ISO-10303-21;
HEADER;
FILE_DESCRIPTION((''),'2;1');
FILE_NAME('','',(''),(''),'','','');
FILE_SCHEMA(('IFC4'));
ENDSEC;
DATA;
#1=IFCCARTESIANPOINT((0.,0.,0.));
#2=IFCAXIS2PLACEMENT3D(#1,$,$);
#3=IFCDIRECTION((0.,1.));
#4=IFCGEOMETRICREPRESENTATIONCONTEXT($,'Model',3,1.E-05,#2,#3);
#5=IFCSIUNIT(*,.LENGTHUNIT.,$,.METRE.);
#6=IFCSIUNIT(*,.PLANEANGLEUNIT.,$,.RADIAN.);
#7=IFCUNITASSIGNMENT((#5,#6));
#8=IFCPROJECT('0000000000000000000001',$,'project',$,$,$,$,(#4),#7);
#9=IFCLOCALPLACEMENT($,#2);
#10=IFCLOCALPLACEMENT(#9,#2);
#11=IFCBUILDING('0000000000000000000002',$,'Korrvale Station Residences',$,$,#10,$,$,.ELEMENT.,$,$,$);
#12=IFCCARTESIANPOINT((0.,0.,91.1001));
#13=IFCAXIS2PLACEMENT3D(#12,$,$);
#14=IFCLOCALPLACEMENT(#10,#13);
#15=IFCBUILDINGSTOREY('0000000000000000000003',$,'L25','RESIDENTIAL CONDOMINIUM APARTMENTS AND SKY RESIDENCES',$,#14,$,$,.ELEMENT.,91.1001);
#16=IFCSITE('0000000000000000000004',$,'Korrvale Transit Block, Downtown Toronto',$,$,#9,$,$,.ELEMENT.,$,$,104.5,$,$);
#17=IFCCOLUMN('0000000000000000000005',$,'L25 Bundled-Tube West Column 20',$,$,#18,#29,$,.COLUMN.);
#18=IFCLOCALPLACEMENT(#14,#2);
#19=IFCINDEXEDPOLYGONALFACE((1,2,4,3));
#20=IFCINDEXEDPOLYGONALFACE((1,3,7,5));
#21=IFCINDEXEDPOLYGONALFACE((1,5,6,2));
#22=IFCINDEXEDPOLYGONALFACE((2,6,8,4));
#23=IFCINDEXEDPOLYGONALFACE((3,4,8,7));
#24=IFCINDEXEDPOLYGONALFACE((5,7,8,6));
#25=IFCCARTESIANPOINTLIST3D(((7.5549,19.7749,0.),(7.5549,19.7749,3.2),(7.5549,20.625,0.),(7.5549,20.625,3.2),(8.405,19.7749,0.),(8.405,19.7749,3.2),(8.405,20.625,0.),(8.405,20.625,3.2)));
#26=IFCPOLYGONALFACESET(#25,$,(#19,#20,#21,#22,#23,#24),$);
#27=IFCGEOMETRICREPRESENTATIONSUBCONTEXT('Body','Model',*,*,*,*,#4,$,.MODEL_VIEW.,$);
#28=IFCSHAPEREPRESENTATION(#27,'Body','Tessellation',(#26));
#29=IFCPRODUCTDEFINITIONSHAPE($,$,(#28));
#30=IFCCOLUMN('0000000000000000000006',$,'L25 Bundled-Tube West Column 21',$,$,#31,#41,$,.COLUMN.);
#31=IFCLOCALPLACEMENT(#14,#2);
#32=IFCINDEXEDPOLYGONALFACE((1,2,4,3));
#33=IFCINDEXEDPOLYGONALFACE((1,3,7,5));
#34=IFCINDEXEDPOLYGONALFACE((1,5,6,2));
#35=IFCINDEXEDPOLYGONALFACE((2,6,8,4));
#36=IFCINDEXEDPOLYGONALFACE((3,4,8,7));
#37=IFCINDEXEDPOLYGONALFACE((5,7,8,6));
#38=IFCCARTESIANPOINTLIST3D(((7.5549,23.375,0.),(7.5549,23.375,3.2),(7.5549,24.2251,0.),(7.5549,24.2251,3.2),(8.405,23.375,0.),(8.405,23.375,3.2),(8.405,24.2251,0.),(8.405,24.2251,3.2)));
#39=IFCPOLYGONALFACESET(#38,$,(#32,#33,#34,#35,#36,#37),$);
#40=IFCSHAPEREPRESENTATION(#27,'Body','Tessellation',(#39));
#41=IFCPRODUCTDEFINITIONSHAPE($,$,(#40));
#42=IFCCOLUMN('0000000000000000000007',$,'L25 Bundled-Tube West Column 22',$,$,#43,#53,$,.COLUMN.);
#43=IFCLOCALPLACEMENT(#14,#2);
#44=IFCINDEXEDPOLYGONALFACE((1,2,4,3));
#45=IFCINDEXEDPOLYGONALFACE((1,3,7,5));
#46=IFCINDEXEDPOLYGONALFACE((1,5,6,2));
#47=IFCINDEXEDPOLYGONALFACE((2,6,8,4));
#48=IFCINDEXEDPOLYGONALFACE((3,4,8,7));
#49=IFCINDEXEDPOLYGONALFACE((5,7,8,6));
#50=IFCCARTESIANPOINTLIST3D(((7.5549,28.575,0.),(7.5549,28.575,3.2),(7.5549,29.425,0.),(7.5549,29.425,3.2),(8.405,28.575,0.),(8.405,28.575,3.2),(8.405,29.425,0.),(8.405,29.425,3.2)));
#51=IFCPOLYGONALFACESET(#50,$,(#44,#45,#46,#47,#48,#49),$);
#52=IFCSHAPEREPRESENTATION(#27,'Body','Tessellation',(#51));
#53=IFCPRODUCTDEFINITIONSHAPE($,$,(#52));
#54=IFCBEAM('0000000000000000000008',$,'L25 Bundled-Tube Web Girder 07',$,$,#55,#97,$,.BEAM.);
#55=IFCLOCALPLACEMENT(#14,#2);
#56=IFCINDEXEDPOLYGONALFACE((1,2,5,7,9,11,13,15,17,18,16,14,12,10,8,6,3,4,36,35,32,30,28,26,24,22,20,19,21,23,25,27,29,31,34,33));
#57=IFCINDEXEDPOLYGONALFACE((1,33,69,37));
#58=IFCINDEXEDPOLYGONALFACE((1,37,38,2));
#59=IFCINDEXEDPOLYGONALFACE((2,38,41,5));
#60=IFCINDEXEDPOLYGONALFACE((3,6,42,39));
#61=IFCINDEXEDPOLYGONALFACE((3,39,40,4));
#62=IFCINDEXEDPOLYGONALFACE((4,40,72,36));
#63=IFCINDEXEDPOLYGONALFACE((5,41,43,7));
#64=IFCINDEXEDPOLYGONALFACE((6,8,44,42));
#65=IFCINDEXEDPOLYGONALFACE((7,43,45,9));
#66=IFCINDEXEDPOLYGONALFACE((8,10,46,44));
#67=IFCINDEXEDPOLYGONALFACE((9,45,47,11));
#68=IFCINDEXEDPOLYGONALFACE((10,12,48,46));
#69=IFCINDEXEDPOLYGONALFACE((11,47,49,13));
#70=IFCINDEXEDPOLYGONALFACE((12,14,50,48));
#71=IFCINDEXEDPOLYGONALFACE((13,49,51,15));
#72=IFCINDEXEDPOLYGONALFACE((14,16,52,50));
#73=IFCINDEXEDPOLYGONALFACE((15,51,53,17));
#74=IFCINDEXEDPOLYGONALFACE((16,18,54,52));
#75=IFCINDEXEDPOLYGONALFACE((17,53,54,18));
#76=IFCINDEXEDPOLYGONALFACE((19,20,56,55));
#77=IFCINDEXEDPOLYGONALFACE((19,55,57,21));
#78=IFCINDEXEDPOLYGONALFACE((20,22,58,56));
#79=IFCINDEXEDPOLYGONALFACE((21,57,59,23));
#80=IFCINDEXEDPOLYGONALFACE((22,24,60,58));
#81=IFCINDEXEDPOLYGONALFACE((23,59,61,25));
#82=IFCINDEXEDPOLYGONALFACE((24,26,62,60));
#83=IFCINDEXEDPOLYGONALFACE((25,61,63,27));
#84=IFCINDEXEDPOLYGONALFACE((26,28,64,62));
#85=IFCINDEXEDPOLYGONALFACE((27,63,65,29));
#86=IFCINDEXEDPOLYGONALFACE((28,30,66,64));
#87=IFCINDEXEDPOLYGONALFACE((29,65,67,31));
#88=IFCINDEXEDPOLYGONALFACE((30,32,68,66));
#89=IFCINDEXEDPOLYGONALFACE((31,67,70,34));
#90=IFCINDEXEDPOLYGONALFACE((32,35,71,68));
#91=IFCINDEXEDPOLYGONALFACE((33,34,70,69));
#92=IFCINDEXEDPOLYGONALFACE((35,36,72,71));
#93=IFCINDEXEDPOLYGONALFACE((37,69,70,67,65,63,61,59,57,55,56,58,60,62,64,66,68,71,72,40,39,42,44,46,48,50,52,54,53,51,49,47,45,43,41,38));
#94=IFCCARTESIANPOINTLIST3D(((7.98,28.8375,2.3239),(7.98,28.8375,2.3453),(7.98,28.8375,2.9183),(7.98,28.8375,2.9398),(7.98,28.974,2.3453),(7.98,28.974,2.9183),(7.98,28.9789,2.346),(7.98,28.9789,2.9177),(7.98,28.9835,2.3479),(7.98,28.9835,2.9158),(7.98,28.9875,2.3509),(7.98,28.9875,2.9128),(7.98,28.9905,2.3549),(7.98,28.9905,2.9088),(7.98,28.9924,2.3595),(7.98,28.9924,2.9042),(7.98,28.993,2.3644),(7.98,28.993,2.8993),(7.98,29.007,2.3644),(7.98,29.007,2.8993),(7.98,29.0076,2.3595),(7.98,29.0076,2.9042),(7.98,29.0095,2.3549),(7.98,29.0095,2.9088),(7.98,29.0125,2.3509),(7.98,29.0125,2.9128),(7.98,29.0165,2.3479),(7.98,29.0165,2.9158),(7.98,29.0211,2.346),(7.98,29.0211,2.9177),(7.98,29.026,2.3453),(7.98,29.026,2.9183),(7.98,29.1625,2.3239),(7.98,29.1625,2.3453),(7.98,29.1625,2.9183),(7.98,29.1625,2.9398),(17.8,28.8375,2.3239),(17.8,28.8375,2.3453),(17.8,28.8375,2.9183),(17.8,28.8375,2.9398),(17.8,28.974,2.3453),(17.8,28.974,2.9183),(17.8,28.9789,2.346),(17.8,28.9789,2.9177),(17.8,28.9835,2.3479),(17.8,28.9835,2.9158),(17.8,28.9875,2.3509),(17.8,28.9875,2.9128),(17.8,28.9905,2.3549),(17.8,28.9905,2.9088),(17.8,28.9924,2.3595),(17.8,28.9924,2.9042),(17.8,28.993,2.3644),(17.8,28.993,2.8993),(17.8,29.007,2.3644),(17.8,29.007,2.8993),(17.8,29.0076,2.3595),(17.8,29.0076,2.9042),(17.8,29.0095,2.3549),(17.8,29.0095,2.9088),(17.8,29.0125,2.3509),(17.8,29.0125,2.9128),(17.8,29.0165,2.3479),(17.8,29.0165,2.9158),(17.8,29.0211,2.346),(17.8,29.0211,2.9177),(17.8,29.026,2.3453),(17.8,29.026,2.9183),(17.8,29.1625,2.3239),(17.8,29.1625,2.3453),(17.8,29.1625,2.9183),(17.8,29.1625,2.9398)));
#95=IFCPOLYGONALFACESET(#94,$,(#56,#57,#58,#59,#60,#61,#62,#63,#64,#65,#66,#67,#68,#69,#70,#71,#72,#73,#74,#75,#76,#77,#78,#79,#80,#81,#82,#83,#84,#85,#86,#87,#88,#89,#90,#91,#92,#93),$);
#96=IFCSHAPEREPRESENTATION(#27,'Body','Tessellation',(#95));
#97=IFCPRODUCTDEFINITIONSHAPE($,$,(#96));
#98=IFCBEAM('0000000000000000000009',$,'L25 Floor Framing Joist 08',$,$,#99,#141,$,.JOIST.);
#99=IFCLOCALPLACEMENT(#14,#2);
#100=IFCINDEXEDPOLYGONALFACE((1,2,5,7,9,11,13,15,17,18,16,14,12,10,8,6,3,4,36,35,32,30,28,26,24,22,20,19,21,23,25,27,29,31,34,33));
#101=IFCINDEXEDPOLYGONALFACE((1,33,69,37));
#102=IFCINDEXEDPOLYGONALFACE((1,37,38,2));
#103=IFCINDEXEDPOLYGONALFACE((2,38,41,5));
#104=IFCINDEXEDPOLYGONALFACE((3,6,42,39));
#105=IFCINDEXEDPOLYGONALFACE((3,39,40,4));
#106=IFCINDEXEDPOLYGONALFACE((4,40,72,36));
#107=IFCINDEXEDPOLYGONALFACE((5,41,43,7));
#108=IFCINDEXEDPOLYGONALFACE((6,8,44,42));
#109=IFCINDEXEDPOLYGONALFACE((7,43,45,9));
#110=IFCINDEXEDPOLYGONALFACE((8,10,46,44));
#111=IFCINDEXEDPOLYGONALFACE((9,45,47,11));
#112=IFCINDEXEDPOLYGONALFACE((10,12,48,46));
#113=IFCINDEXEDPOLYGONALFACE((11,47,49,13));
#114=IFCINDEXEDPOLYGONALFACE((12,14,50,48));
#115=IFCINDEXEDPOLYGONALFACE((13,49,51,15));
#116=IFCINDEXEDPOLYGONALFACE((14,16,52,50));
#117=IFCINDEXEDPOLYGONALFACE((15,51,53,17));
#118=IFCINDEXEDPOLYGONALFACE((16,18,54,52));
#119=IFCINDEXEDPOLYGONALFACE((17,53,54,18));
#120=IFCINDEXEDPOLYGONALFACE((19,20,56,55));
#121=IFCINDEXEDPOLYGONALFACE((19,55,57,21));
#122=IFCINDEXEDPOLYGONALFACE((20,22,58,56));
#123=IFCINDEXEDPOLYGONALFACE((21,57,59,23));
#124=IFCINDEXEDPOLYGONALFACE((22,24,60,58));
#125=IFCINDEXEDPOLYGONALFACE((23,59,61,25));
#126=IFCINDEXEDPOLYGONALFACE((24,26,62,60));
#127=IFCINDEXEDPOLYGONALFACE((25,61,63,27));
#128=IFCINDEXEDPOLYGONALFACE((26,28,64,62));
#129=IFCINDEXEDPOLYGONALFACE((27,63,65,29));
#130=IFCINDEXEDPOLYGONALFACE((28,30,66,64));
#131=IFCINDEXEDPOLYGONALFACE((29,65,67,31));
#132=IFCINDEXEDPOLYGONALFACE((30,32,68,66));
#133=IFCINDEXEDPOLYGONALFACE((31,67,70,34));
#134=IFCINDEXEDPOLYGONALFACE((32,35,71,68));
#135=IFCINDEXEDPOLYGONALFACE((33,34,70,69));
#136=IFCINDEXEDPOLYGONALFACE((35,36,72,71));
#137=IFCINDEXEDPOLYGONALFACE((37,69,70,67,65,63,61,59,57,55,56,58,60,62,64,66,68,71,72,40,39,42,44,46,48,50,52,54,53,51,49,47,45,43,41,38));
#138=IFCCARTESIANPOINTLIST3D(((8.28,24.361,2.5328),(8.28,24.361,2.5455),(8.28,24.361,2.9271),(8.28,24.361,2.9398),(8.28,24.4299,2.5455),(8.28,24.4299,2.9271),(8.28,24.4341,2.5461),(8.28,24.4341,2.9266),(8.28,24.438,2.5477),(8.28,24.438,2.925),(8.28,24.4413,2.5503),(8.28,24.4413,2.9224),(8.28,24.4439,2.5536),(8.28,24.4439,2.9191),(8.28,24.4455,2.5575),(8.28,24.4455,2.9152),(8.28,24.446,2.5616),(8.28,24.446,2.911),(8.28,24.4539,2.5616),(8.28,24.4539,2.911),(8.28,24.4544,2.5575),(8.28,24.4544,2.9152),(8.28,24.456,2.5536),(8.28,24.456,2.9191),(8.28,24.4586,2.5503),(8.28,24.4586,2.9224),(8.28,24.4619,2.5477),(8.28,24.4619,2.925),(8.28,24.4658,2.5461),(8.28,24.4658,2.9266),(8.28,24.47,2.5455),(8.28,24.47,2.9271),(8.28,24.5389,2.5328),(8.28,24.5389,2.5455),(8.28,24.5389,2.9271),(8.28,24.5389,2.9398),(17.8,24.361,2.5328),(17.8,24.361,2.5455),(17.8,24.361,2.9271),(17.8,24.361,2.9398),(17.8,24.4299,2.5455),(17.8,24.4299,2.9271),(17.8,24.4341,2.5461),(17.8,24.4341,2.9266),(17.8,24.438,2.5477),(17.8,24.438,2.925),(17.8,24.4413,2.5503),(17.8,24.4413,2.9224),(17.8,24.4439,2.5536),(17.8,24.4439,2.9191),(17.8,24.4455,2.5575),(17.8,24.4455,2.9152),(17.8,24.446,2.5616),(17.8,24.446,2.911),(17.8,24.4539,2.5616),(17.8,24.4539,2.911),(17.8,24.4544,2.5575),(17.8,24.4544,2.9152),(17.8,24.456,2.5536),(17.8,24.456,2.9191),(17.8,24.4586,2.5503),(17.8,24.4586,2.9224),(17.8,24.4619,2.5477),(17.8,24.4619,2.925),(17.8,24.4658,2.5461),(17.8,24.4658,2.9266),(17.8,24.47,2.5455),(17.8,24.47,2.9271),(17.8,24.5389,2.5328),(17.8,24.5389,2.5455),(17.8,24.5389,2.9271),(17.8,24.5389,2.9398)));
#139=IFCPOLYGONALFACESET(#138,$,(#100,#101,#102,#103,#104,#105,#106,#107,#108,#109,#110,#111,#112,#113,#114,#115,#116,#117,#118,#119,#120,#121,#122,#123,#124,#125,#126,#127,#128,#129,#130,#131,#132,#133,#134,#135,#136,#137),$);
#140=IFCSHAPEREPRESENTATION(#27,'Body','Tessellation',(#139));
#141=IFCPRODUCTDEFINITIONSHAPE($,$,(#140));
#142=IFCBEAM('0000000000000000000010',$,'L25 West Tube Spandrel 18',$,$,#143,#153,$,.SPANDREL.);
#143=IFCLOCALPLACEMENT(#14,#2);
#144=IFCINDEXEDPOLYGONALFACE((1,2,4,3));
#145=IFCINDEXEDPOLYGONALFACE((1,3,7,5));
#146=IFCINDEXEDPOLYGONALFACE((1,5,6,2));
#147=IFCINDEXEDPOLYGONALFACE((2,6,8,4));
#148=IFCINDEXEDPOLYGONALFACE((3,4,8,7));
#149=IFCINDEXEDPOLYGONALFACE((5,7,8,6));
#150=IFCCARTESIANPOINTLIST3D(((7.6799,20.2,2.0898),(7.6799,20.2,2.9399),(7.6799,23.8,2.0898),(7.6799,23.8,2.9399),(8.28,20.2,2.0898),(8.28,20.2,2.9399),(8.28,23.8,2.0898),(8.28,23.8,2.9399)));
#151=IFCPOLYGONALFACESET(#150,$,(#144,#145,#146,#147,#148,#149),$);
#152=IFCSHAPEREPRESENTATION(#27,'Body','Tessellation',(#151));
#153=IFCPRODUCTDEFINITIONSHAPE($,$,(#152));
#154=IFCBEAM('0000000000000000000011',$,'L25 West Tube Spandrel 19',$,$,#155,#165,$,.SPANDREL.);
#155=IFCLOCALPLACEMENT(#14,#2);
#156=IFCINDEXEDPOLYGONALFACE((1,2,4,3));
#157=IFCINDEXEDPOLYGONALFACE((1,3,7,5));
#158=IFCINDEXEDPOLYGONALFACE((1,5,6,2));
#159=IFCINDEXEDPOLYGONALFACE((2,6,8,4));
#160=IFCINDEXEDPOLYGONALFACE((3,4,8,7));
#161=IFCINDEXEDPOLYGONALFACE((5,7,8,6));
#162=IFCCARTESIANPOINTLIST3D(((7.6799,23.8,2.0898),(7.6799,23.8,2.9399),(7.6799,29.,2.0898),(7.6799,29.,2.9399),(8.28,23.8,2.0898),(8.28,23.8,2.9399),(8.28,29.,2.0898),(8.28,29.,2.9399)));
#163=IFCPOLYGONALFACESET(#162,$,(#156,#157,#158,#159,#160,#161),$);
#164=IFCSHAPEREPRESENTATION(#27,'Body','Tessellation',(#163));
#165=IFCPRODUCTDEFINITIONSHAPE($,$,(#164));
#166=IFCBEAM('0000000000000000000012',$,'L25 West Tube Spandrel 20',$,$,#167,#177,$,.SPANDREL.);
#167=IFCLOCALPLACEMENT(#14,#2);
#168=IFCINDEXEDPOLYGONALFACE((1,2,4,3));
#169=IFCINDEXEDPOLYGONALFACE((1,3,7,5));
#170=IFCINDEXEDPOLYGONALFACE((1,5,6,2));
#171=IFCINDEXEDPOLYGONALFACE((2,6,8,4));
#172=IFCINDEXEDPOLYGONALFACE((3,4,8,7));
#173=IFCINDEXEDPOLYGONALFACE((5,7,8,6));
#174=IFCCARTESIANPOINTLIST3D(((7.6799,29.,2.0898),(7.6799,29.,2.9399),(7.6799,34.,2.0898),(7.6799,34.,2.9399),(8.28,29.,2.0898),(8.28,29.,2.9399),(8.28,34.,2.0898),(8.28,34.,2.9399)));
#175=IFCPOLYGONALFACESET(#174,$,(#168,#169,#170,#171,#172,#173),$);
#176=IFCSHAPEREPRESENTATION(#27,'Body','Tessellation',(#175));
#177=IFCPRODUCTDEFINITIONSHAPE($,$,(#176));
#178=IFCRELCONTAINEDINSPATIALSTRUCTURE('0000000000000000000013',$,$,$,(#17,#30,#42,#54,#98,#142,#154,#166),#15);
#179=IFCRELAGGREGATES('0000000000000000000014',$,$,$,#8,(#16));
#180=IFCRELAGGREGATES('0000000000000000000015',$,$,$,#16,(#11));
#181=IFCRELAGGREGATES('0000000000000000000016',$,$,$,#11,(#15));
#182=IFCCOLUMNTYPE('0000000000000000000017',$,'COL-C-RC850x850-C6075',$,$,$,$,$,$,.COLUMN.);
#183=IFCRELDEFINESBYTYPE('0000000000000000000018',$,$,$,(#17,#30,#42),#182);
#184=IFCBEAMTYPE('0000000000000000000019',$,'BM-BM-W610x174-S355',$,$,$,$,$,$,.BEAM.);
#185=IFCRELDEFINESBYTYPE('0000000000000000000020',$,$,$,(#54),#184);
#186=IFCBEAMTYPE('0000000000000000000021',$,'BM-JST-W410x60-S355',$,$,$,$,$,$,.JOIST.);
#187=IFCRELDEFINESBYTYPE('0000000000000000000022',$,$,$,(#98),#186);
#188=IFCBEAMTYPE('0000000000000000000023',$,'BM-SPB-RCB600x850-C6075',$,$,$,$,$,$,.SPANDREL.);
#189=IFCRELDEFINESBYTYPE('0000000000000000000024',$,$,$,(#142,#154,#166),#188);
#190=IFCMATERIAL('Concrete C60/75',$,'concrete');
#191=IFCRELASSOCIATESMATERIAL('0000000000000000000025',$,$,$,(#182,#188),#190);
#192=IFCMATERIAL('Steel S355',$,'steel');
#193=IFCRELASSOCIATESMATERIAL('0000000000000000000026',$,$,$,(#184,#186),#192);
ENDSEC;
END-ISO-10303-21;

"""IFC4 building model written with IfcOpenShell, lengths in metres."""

from ifc_helpers import new_model, si_unit, direction, frame, origin, origin_2d, place, context, subcontext, project, spatial, rectangle, i_section, extrude, material, material_profile, profile_set, type_object, element, save


model = new_model("IFC4")

# Units and contexts
model_context = context("Model", 3, precision=1e-05, world=origin(), true_north=direction((0.0, 1.0)))
body_context = subcontext(model_context, "Body", "Model", "MODEL_VIEW")
ifc_project = project(units=[si_unit("LENGTHUNIT", "METRE"), si_unit("PLANEANGLEUNIT", "RADIAN")], contexts=[model_context])

# Site, building, storey
site_placement = place(None, origin())
site = spatial("IfcSite", under=ifc_project, at=site_placement, Name="Korrvale Transit Block, Downtown Toronto", CompositionType="ELEMENT", RefElevation=104.5)
building_placement = place(site_placement, origin())
building = spatial("IfcBuilding", under=site, at=building_placement, Name="Korrvale Station Residences", CompositionType="ELEMENT")
storey_placement = place(building_placement, frame((0.0, 0.0, 91.1001)))
storey = spatial("IfcBuildingStorey", under=building, at=storey_placement, Name="L25", Description="RESIDENTIAL CONDOMINIUM APARTMENTS AND SKY RESIDENCES", CompositionType="ELEMENT", Elevation=91.1001)

# Columns
ifc_material_1 = material(Name="Concrete C60/75", Category="concrete")
ifc_material_profile_1 = material_profile(ifc_material_1, rectangle(XDim=0.8501, YDim=0.8501, at=origin_2d()), Name="RC850x850")
ifc_profile_set_1 = profile_set([ifc_material_profile_1], Name="Concrete C60/75")
column_type = type_object("IfcColumnType", Name="COL-C-RC850x850-C6075", PredefinedType="COLUMN", material=ifc_profile_set_1)
for number, where, z_axis, x_axis, name in (
    (1, (7.98, 20.2, 0.0), (0.0, 0.0, 1.0), (1.0, 0.0, 0.0), "L25 Bundled-Tube West Column 20"),
    (2, (7.98, 23.8, 0.0), (0.0, 0.0, 1.0), (1.0, 0.0, 0.0), "L25 Bundled-Tube West Column 21"),
    (3, (7.98, 29.0, 0.0), (0.0, 0.0, 1.0), (1.0, 0.0, 0.0), "L25 Bundled-Tube West Column 22"),
):
    element("IfcColumn", number, at=place(storey_placement, frame(where, z_axis=z_axis, x_axis=x_axis)), inside=storey, type_object=column_type, Name=name, PredefinedType="COLUMN", context=body_context, shape_type="SweptSolid", body=[
        extrude(rectangle(XDim=0.8501, YDim=0.8501, at=origin_2d()), origin(), (0.0, 0.0, 1.0), 3.2),
    ])

# Beams
ifc_material_2 = material(Name="Steel S355", Category="steel")
ifc_material_profile_2 = material_profile(ifc_material_2, i_section(OverallWidth=0.325, OverallDepth=0.616, WebThickness=0.0139, FlangeThickness=0.0215, FilletRadius=0.019, at=origin_2d()), Name="W610x174")
ifc_profile_set_2 = profile_set([ifc_material_profile_2], Name="Steel S355")
beam_type_1 = type_object("IfcBeamType", Name="BM-BM-W610x174-S355", PredefinedType="BEAM", material=ifc_profile_set_2)
beam_1_placement = place(storey_placement, frame((7.98, 29.0, 2.6318), z_axis=(1.0, 0.0, 0.0), x_axis=(0.0, 1.0, 0.0)))
element("IfcBeam", 4, at=beam_1_placement, inside=storey, type_object=beam_type_1, Name="L25 Bundled-Tube Web Girder 07", PredefinedType="BEAM", context=body_context, shape_type="SweptSolid", body=[
    extrude(i_section(OverallWidth=0.325, OverallDepth=0.616, WebThickness=0.0139, FlangeThickness=0.0215, FilletRadius=0.019, at=origin_2d()), origin(), (0.0, 0.0, 1.0), 9.8201),
])
ifc_material_profile_3 = material_profile(ifc_material_2, i_section(OverallWidth=0.178, OverallDepth=0.407, WebThickness=0.0078, FlangeThickness=0.0127, FilletRadius=0.0161, at=origin_2d()), Name="W410x60")
ifc_profile_set_3 = profile_set([ifc_material_profile_3], Name="Steel S355")
beam_type_2 = type_object("IfcBeamType", Name="BM-JST-W410x60-S355", PredefinedType="JOIST", material=ifc_profile_set_3)
beam_2_placement = place(storey_placement, frame((8.28, 24.45, 2.7363), z_axis=(1.0, 0.0, 0.0), x_axis=(0.0, 1.0, 0.0)))
element("IfcBeam", 5, at=beam_2_placement, inside=storey, type_object=beam_type_2, Name="L25 Floor Framing Joist 08", PredefinedType="JOIST", context=body_context, shape_type="SweptSolid", body=[
    extrude(i_section(OverallWidth=0.178, OverallDepth=0.407, WebThickness=0.0078, FlangeThickness=0.0127, FilletRadius=0.0161, at=origin_2d()), origin(), (0.0, 0.0, 1.0), 9.52),
])
ifc_material_profile_4 = material_profile(ifc_material_1, rectangle(XDim=0.6001, YDim=0.8501, at=origin_2d()), Name="RCB600x850")
ifc_profile_set_4 = profile_set([ifc_material_profile_4], Name="Concrete C60/75")
beam_type_3 = type_object("IfcBeamType", Name="BM-SPB-RCB600x850-C6075", PredefinedType="SPANDREL", material=ifc_profile_set_4)
beam_3_placement = place(storey_placement, frame((7.98, 20.2, 2.5149), z_axis=(0.0, 1.0, 0.0), x_axis=(-1.0, 0.0, 0.0)))
element("IfcBeam", 6, at=beam_3_placement, inside=storey, type_object=beam_type_3, Name="L25 West Tube Spandrel 18", PredefinedType="SPANDREL", context=body_context, shape_type="SweptSolid", body=[
    extrude(rectangle(XDim=0.6001, YDim=0.8501, at=origin_2d()), origin(), (0.0, 0.0, 1.0), 3.6001),
])
beam_4_placement = place(storey_placement, frame((7.98, 23.8, 2.5149), z_axis=(0.0, 1.0, 0.0), x_axis=(-1.0, 0.0, 0.0)))
element("IfcBeam", 7, at=beam_4_placement, inside=storey, type_object=beam_type_3, Name="L25 West Tube Spandrel 19", PredefinedType="SPANDREL", context=body_context, shape_type="SweptSolid", body=[
    extrude(rectangle(XDim=0.6001, YDim=0.8501, at=origin_2d()), origin(), (0.0, 0.0, 1.0), 5.2),
])
beam_5_placement = place(storey_placement, frame((7.98, 29.0, 2.5149), z_axis=(0.0, 1.0, 0.0), x_axis=(-1.0, 0.0, 0.0)))
element("IfcBeam", 8, at=beam_5_placement, inside=storey, type_object=beam_type_3, Name="L25 West Tube Spandrel 20", PredefinedType="SPANDREL", context=body_context, shape_type="SweptSolid", body=[
    extrude(rectangle(XDim=0.6001, YDim=0.8501, at=origin_2d()), origin(), (0.0, 0.0, 1.0), 5.0),
])

save(model, "model.ifc")
